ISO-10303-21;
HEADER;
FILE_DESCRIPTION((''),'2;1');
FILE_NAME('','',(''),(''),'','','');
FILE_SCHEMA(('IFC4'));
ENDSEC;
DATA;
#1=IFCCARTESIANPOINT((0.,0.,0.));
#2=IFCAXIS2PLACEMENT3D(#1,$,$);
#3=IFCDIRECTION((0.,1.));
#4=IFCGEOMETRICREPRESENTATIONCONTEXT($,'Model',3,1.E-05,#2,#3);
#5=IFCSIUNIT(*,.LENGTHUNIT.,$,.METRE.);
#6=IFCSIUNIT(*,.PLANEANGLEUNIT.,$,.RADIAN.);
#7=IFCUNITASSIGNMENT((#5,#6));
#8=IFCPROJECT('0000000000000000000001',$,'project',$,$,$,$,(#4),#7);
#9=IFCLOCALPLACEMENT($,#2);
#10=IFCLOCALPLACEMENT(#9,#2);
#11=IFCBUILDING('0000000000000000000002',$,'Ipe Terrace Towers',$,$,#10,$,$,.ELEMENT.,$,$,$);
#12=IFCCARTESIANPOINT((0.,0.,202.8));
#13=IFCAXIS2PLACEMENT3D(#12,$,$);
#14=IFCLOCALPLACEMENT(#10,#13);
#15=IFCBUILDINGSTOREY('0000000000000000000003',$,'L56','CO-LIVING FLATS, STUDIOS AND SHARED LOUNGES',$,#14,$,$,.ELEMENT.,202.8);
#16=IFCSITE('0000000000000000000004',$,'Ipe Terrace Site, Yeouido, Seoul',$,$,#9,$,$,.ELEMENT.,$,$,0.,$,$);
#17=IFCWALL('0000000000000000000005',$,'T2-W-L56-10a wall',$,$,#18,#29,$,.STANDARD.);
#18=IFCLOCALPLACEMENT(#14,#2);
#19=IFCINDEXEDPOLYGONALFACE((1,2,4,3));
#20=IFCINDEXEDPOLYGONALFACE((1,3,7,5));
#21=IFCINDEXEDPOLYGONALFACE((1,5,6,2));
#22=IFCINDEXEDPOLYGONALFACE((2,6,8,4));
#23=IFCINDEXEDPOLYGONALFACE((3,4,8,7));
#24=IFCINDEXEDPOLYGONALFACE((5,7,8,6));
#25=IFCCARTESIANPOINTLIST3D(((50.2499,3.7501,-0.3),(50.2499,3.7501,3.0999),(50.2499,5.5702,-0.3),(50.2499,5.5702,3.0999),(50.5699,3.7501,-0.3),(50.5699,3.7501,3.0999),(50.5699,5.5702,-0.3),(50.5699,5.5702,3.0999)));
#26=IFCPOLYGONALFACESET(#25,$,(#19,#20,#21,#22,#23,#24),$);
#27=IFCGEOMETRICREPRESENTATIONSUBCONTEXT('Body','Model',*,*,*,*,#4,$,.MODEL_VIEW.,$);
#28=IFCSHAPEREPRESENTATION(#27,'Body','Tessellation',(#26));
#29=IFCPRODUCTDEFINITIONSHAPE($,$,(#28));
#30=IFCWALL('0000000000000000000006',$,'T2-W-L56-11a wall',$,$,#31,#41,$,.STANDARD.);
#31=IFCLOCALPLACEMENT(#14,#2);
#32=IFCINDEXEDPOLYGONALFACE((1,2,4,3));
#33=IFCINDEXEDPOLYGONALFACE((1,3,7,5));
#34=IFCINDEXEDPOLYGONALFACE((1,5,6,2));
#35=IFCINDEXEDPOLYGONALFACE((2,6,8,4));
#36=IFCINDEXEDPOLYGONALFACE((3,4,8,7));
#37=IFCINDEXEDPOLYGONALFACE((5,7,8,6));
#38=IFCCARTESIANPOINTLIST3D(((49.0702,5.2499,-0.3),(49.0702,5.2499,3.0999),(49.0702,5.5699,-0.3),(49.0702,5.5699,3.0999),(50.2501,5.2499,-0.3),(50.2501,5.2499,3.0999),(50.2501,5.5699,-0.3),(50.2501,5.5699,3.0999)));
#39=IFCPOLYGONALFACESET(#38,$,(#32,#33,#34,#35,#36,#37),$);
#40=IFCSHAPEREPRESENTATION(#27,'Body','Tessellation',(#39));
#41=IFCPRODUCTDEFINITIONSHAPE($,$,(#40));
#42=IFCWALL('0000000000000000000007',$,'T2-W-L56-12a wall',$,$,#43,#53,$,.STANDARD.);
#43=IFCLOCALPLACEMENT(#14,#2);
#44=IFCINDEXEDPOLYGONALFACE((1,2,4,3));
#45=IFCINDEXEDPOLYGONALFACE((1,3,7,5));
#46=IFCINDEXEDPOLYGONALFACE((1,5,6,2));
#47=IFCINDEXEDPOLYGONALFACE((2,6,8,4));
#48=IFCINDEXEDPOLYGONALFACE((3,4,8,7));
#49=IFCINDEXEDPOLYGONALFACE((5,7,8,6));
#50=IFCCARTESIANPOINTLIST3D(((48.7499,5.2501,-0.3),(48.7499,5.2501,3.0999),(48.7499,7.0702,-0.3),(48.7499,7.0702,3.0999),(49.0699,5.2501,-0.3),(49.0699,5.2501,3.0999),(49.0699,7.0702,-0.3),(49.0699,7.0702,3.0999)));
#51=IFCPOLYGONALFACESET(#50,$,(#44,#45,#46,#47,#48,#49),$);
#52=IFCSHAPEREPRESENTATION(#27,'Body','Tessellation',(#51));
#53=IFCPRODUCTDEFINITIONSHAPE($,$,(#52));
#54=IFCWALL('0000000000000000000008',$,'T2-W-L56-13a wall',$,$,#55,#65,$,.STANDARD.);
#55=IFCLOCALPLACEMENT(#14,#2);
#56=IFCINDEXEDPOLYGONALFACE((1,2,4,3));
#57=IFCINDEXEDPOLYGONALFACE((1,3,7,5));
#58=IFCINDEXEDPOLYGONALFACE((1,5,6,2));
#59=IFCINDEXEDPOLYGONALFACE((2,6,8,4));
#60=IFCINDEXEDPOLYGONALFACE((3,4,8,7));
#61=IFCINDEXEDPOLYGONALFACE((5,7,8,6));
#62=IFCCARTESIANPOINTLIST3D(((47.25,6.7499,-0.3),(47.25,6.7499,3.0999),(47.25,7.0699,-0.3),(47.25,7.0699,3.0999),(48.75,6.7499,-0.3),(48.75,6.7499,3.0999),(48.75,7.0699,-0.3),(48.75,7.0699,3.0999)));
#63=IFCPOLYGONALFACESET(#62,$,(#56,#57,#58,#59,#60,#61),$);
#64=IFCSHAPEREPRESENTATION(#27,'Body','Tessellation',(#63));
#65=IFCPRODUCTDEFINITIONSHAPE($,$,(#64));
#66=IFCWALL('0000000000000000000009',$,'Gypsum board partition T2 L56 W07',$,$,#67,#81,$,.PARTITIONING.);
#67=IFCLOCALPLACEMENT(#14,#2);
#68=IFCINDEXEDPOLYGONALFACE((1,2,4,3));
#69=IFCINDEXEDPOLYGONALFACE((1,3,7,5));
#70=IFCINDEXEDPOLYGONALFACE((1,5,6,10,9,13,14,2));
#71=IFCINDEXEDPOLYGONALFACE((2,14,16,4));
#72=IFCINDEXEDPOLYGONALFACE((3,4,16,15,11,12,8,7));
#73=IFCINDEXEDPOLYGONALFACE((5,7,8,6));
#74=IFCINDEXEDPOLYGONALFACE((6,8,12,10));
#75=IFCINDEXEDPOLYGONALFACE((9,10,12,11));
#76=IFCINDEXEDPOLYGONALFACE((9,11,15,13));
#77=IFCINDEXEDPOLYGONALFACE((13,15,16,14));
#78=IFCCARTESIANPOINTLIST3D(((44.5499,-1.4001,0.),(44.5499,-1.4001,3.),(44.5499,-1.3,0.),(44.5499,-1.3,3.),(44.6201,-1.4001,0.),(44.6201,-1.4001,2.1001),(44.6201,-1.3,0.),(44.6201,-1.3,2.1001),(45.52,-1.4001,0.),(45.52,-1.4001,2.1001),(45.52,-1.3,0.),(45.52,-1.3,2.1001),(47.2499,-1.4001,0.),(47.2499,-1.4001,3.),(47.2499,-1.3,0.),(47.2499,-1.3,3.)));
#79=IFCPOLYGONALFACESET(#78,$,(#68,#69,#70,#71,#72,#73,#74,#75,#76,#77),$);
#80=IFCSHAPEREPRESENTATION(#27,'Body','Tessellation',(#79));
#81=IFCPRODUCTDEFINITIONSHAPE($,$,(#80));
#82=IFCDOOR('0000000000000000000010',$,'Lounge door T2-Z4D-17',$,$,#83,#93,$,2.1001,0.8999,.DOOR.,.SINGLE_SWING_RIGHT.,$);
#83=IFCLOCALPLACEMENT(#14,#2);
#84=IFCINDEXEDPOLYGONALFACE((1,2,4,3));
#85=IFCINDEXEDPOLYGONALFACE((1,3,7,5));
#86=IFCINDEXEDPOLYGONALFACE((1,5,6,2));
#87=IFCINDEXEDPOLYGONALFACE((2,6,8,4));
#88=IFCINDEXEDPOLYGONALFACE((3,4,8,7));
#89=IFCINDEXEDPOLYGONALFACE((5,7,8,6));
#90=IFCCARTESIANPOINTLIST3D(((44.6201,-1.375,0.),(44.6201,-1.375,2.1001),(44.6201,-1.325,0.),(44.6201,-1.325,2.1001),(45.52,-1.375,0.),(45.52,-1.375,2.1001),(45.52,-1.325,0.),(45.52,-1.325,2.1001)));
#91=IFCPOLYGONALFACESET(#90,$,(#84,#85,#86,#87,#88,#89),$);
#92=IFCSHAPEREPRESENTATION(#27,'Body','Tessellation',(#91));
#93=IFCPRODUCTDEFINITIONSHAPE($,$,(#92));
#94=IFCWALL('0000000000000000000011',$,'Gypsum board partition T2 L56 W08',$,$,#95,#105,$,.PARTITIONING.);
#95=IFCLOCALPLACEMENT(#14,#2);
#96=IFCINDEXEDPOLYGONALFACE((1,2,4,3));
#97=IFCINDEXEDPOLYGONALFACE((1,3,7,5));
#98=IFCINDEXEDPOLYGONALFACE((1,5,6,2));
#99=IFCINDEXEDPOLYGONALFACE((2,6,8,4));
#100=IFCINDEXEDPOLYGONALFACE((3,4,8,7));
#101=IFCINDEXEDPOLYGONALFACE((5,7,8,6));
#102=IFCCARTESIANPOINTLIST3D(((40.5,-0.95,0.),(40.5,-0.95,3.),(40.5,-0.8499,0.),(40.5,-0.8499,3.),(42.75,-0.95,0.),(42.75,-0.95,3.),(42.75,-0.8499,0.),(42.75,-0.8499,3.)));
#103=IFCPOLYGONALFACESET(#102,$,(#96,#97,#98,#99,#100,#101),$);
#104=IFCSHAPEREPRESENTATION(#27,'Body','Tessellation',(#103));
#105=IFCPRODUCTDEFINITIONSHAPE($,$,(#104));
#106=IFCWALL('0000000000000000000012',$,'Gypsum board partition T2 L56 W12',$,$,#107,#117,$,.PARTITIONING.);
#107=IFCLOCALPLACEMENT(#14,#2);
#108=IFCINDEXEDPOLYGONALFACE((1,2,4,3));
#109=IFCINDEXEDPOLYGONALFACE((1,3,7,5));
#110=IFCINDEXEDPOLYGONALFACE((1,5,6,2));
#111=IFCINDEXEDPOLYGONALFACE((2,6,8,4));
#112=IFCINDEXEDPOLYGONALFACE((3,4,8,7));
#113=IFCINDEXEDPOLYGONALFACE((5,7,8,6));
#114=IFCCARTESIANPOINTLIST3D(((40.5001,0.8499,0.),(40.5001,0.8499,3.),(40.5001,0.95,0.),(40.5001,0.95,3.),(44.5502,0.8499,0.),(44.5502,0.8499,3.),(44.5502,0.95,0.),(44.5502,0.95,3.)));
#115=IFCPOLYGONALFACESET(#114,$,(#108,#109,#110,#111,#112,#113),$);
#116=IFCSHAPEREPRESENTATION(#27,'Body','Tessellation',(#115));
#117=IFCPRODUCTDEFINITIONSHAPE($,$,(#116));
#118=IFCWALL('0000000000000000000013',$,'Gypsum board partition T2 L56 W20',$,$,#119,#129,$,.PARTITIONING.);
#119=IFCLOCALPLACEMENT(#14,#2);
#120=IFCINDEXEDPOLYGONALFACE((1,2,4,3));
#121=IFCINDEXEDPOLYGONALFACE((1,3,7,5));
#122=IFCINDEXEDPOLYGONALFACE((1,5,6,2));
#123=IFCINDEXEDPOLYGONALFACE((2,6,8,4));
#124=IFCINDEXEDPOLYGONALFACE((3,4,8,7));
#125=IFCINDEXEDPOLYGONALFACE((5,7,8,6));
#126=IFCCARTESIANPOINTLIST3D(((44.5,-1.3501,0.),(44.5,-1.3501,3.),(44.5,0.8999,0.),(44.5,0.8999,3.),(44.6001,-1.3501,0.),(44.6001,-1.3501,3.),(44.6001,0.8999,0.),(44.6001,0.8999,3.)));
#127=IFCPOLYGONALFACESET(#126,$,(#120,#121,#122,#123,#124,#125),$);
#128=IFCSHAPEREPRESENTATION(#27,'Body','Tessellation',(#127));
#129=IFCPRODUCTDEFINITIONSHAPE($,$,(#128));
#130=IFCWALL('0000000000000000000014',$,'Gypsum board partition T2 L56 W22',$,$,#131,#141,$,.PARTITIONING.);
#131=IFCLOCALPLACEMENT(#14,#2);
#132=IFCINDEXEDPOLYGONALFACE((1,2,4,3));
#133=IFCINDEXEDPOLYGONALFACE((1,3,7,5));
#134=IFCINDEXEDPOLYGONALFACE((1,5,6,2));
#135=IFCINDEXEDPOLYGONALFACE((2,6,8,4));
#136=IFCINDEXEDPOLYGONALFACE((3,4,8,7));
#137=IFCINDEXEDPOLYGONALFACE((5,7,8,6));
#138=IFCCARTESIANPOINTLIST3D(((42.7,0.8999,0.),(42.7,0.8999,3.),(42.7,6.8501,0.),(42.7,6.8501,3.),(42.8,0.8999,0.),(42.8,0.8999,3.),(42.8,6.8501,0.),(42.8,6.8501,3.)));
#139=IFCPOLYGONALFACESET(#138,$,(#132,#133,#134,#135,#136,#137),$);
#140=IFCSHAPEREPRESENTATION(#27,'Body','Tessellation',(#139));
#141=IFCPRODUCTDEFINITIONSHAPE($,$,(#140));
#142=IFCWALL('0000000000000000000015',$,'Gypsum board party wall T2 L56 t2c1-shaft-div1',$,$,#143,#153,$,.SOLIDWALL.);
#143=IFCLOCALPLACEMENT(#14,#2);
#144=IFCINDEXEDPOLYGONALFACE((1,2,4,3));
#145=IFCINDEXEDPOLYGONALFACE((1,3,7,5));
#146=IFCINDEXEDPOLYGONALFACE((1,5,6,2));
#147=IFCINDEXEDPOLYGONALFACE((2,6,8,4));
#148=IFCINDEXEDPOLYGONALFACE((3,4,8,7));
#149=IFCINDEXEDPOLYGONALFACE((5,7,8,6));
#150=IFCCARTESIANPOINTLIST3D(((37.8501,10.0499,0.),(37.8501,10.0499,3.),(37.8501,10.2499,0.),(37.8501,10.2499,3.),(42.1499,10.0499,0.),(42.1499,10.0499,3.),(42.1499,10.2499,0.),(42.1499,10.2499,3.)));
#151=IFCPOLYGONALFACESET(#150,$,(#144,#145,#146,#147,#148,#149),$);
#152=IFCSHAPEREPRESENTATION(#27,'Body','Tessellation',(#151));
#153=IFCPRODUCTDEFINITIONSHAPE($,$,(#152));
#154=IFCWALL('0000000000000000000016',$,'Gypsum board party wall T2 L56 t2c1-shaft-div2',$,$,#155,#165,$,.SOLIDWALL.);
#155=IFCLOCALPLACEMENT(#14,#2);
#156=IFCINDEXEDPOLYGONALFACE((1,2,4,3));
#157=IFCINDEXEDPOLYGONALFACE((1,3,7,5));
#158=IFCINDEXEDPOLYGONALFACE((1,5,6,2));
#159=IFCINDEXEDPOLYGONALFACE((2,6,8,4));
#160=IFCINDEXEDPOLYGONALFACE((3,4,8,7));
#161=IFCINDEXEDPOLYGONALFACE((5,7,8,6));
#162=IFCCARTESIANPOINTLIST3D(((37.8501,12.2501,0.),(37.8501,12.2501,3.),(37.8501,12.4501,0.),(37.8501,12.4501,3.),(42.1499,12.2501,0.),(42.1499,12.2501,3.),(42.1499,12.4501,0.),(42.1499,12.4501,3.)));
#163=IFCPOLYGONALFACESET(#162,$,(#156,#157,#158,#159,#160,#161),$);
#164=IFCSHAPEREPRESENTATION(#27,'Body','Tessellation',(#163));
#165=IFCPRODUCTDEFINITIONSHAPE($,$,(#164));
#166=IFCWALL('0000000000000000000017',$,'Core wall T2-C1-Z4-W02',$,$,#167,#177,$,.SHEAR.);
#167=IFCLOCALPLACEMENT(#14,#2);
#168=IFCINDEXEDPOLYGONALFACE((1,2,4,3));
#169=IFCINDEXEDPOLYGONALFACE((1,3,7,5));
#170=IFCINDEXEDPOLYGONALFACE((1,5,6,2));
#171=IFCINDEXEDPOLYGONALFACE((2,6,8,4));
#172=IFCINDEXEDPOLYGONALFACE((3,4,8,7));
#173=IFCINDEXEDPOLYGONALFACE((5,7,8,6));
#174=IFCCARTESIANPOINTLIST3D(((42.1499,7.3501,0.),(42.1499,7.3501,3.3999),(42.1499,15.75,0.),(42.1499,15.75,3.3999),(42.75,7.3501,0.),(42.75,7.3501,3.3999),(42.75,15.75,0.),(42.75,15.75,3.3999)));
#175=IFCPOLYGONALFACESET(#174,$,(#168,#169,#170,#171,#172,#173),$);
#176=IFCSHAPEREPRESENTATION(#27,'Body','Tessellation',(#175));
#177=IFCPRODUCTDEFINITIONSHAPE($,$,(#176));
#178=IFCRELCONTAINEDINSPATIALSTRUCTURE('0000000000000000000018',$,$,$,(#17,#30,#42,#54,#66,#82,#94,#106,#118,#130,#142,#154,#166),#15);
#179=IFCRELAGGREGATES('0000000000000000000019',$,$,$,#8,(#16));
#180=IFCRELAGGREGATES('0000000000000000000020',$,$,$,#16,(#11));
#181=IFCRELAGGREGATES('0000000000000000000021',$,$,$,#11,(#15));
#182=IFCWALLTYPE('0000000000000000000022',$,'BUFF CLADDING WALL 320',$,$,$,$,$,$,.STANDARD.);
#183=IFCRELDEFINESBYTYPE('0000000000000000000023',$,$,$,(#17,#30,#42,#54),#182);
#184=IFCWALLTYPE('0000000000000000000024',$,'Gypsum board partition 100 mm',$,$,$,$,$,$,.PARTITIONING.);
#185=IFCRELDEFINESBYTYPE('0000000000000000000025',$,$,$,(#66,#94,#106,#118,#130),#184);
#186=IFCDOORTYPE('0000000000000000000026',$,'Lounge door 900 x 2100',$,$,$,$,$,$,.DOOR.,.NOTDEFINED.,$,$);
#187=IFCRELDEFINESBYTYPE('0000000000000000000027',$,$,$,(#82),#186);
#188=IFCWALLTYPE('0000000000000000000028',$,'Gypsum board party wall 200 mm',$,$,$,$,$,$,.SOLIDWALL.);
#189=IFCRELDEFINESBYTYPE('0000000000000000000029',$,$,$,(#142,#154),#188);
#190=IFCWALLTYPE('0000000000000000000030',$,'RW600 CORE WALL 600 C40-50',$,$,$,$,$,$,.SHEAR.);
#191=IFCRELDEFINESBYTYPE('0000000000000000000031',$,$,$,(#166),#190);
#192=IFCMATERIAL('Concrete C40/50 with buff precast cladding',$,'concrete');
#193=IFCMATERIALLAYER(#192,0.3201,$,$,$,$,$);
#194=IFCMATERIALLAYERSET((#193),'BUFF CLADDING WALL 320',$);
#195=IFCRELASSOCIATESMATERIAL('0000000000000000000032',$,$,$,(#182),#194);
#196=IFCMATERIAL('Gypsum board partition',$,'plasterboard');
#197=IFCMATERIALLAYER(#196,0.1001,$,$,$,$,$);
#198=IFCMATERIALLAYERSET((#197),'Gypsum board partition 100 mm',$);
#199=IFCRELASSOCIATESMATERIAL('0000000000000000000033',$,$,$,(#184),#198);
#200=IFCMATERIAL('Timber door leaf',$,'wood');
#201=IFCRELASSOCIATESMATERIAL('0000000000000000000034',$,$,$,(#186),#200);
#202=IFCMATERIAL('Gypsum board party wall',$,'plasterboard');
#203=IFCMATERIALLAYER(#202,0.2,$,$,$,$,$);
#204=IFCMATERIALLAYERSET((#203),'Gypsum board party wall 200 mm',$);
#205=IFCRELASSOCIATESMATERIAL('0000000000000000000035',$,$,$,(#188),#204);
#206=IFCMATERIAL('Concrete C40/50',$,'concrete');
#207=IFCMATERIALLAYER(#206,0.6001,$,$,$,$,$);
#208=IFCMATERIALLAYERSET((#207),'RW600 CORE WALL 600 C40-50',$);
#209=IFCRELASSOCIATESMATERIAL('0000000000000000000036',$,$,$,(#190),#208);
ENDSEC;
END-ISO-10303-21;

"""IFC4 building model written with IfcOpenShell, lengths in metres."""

from ifc_helpers import new_model, si_unit, direction, frame, frame_2d, origin, place, context, subcontext, project, spatial, rectangle, extrude, material, layer, layer_set, type_object, element, fill, save


model = new_model("IFC4")

# Units and contexts
model_context = context("Model", 3, precision=1e-05, world=origin(), true_north=direction((0.0, 1.0)))
body_context = subcontext(model_context, "Body", "Model", "MODEL_VIEW")
ifc_project = project(units=[si_unit("LENGTHUNIT", "METRE"), si_unit("PLANEANGLEUNIT", "RADIAN")], contexts=[model_context])

# Site, building, storey
site_placement = place(None, origin())
site = spatial("IfcSite", under=ifc_project, at=site_placement, Name="Ipe Terrace Site, Yeouido, Seoul", CompositionType="ELEMENT", RefElevation=0.0)
building_placement = place(site_placement, origin())
building = spatial("IfcBuilding", under=site, at=building_placement, Name="Ipe Terrace Towers", CompositionType="ELEMENT")
storey_placement = place(building_placement, frame((0.0, 0.0, 202.8)))
storey = spatial("IfcBuildingStorey", under=building, at=storey_placement, Name="L56", Description="CO-LIVING FLATS, STUDIOS AND SHARED LOUNGES", CompositionType="ELEMENT", Elevation=202.8)

# Walls
ifc_material_1 = material(Name="Concrete C40/50 with buff precast cladding", Category="concrete")
ifc_layer_1 = layer(ifc_material_1, 0.3201)
ifc_layer_set_1 = layer_set([ifc_layer_1], Name="BUFF CLADDING WALL 320")
wall_type_1 = type_object("IfcWallType", Name="BUFF CLADDING WALL 320", PredefinedType="STANDARD", material=ifc_layer_set_1)
wall_1_placement = place(storey_placement, frame((50.4099, 3.75, -0.3), z_axis=(0.0, 0.0, 1.0), x_axis=(0.0, 1.0, 0.0)))
element("IfcWall", 1, at=wall_1_placement, inside=storey, type_object=wall_type_1, Name="T2-W-L56-10a wall", PredefinedType="STANDARD", context=body_context, shape_type="SweptSolid", body=[
    extrude(rectangle(XDim=1.8201, YDim=0.3201, at=frame_2d((0.9102, 0.0))), origin(), (0.0, 0.0, 1.0), 3.3999),
])
wall_2_placement = place(storey_placement, frame((50.25, 5.4099, -0.3), z_axis=(0.0, 0.0, 1.0), x_axis=(-1.0, 0.0, 0.0)))
element("IfcWall", 2, at=wall_2_placement, inside=storey, type_object=wall_type_1, Name="T2-W-L56-11a wall", PredefinedType="STANDARD", context=body_context, shape_type="SweptSolid", body=[
    extrude(rectangle(XDim=1.1799, YDim=0.3201, at=frame_2d((0.5898, 0.0))), origin(), (0.0, 0.0, 1.0), 3.3999),
])
wall_3_placement = place(storey_placement, frame((48.9099, 5.25, -0.3), z_axis=(0.0, 0.0, 1.0), x_axis=(0.0, 1.0, 0.0)))
element("IfcWall", 3, at=wall_3_placement, inside=storey, type_object=wall_type_1, Name="T2-W-L56-12a wall", PredefinedType="STANDARD", context=body_context, shape_type="SweptSolid", body=[
    extrude(rectangle(XDim=1.8201, YDim=0.3201, at=frame_2d((0.9102, 0.0))), origin(), (0.0, 0.0, 1.0), 3.3999),
])
wall_4_placement = place(storey_placement, frame((48.75, 6.9099, -0.3), z_axis=(0.0, 0.0, 1.0), x_axis=(-1.0, 0.0, 0.0)))
element("IfcWall", 4, at=wall_4_placement, inside=storey, type_object=wall_type_1, Name="T2-W-L56-13a wall", PredefinedType="STANDARD", context=body_context, shape_type="SweptSolid", body=[
    extrude(rectangle(XDim=1.5, YDim=0.3201, at=frame_2d((0.75, 0.0))), origin(), (0.0, 0.0, 1.0), 3.3999),
])

# Wall, opening, door
ifc_material_2 = material(Name="Gypsum board partition", Category="plasterboard")
ifc_layer_2 = layer(ifc_material_2, 0.1001)
ifc_layer_set_2 = layer_set([ifc_layer_2], Name="Gypsum board partition 100 mm")
wall_type_2 = type_object("IfcWallType", Name="Gypsum board partition 100 mm", PredefinedType="PARTITIONING", material=ifc_layer_set_2)
wall_5_placement = place(storey_placement, frame((47.25, -1.3501, 0.0), z_axis=(0.0, 0.0, 1.0), x_axis=(-1.0, 0.0, 0.0)))
wall_5 = element("IfcWall", 5, at=wall_5_placement, inside=storey, type_object=wall_type_2, Name="Gypsum board partition T2 L56 W07", PredefinedType="PARTITIONING", context=body_context, shape_type="SweptSolid", body=[
    extrude(rectangle(XDim=2.7, YDim=0.1001, at=frame_2d((1.3501, 0.0))), origin(), (0.0, 0.0, 1.0), 3.0),
])
opening_1_placement = place(wall_5_placement, frame((1.73, 0.0, 0.0)))
opening_1 = element("IfcOpeningElement", 6, at=opening_1_placement, cuts=wall_5, PredefinedType="OPENING", context=body_context, shape_type="SweptSolid", body=[
    extrude(rectangle(XDim=0.8999, YDim=2.1001, at=frame_2d((0.45, 1.05))), frame((0.0, 0.0601, 0.0), z_axis=(0.0, -1.0, 0.0), x_axis=(1.0, 0.0, 0.0)), (0.0, 0.0, 1.0), 0.1201),
])
ifc_material_3 = material(Name="Timber door leaf", Category="wood")
door_type = type_object("IfcDoorType", Name="Lounge door 900 x 2100", OperationType="NOTDEFINED", PredefinedType="DOOR", material=ifc_material_3)
door_placement = place(opening_1_placement, origin())
door = element("IfcDoor", 7, at=door_placement, inside=storey, type_object=door_type, Name="Lounge door T2-Z4D-17", OperationType="SINGLE_SWING_RIGHT", OverallHeight=2.1001, OverallWidth=0.8999, PredefinedType="DOOR", context=body_context, shape_type="SweptSolid", body=[
    extrude(rectangle(XDim=0.8999, YDim=2.1001, at=frame_2d((0.45, 1.05))), frame((0.0, 0.0249, 0.0), z_axis=(0.0, -1.0, 0.0), x_axis=(1.0, 0.0, 0.0)), (0.0, 0.0, 1.0), 0.05),
])
fill(opening_1, door)

# Walls
wall_6_placement = place(storey_placement, frame((42.75, -0.8999, 0.0), z_axis=(0.0, 0.0, 1.0), x_axis=(-1.0, 0.0, 0.0)))
element("IfcWall", 8, at=wall_6_placement, inside=storey, type_object=wall_type_2, Name="Gypsum board partition T2 L56 W08", PredefinedType="PARTITIONING", context=body_context, shape_type="SweptSolid", body=[
    extrude(rectangle(XDim=2.25, YDim=0.1001, at=frame_2d((1.125, 0.0))), origin(), (0.0, 0.0, 1.0), 3.0),
])
wall_7_placement = place(storey_placement, frame((44.55, 0.8999, 0.0), z_axis=(0.0, 0.0, 1.0), x_axis=(-1.0, 0.0, 0.0)))
element("IfcWall", 9, at=wall_7_placement, inside=storey, type_object=wall_type_2, Name="Gypsum board partition T2 L56 W12", PredefinedType="PARTITIONING", context=body_context, shape_type="SweptSolid", body=[
    extrude(rectangle(XDim=4.05, YDim=0.1001, at=frame_2d((2.0249, 0.0))), origin(), (0.0, 0.0, 1.0), 3.0),
])
wall_8_placement = place(storey_placement, frame((44.55, -1.3501, 0.0), z_axis=(0.0, 0.0, 1.0), x_axis=(0.0, 1.0, 0.0)))
element("IfcWall", 10, at=wall_8_placement, inside=storey, type_object=wall_type_2, Name="Gypsum board partition T2 L56 W20", PredefinedType="PARTITIONING", context=body_context, shape_type="SweptSolid", body=[
    extrude(rectangle(XDim=2.25, YDim=0.1001, at=frame_2d((1.125, 0.0))), origin(), (0.0, 0.0, 1.0), 3.0),
])
wall_9_placement = place(storey_placement, frame((42.75, 0.8999, 0.0), z_axis=(0.0, 0.0, 1.0), x_axis=(0.0, 1.0, 0.0)))
element("IfcWall", 11, at=wall_9_placement, inside=storey, type_object=wall_type_2, Name="Gypsum board partition T2 L56 W22", PredefinedType="PARTITIONING", context=body_context, shape_type="SweptSolid", body=[
    extrude(rectangle(XDim=5.9502, YDim=0.1001, at=frame_2d((2.9751, 0.0))), origin(), (0.0, 0.0, 1.0), 3.0),
])
ifc_material_4 = material(Name="Gypsum board party wall", Category="plasterboard")
ifc_layer_3 = layer(ifc_material_4, 0.2)
ifc_layer_set_3 = layer_set([ifc_layer_3], Name="Gypsum board party wall 200 mm")
wall_type_3 = type_object("IfcWallType", Name="Gypsum board party wall 200 mm", PredefinedType="SOLIDWALL", material=ifc_layer_set_3)
for number, where, z_axis, x_axis, name in (
    (12, (42.1499, 10.1499, 0.0), (0.0, 0.0, 1.0), (-1.0, 0.0, 0.0), "Gypsum board party wall T2 L56 t2c1-shaft-div1"),
    (13, (42.1499, 12.3501, 0.0), (0.0, 0.0, 1.0), (-1.0, 0.0, 0.0), "Gypsum board party wall T2 L56 t2c1-shaft-div2"),
):
    element("IfcWall", number, at=place(storey_placement, frame(where, z_axis=z_axis, x_axis=x_axis)), inside=storey, type_object=wall_type_3, Name=name, PredefinedType="SOLIDWALL", context=body_context, shape_type="SweptSolid", body=[
        extrude(rectangle(XDim=4.2998, YDim=0.2, at=frame_2d((2.1499, 0.0))), origin(), (0.0, 0.0, 1.0), 3.0),
    ])
ifc_material_5 = material(Name="Concrete C40/50", Category="concrete")
ifc_layer_4 = layer(ifc_material_5, 0.6001)
ifc_layer_set_4 = layer_set([ifc_layer_4], Name="RW600 CORE WALL 600 C40-50")
wall_type_4 = type_object("IfcWallType", Name="RW600 CORE WALL 600 C40-50", PredefinedType="SHEAR", material=ifc_layer_set_4)
wall_10_placement = place(storey_placement, frame((42.45, 7.3501, 0.0), z_axis=(0.0, 0.0, 1.0), x_axis=(0.0, 1.0, 0.0)))
element("IfcWall", 14, at=wall_10_placement, inside=storey, type_object=wall_type_4, Name="Core wall T2-C1-Z4-W02", PredefinedType="SHEAR", context=body_context, shape_type="SweptSolid", body=[
    extrude(rectangle(XDim=8.3999, YDim=0.6001, at=frame_2d((4.2, 0.0))), origin(), (0.0, 0.0, 1.0), 3.3999),
])

save(model, "model.ifc")
